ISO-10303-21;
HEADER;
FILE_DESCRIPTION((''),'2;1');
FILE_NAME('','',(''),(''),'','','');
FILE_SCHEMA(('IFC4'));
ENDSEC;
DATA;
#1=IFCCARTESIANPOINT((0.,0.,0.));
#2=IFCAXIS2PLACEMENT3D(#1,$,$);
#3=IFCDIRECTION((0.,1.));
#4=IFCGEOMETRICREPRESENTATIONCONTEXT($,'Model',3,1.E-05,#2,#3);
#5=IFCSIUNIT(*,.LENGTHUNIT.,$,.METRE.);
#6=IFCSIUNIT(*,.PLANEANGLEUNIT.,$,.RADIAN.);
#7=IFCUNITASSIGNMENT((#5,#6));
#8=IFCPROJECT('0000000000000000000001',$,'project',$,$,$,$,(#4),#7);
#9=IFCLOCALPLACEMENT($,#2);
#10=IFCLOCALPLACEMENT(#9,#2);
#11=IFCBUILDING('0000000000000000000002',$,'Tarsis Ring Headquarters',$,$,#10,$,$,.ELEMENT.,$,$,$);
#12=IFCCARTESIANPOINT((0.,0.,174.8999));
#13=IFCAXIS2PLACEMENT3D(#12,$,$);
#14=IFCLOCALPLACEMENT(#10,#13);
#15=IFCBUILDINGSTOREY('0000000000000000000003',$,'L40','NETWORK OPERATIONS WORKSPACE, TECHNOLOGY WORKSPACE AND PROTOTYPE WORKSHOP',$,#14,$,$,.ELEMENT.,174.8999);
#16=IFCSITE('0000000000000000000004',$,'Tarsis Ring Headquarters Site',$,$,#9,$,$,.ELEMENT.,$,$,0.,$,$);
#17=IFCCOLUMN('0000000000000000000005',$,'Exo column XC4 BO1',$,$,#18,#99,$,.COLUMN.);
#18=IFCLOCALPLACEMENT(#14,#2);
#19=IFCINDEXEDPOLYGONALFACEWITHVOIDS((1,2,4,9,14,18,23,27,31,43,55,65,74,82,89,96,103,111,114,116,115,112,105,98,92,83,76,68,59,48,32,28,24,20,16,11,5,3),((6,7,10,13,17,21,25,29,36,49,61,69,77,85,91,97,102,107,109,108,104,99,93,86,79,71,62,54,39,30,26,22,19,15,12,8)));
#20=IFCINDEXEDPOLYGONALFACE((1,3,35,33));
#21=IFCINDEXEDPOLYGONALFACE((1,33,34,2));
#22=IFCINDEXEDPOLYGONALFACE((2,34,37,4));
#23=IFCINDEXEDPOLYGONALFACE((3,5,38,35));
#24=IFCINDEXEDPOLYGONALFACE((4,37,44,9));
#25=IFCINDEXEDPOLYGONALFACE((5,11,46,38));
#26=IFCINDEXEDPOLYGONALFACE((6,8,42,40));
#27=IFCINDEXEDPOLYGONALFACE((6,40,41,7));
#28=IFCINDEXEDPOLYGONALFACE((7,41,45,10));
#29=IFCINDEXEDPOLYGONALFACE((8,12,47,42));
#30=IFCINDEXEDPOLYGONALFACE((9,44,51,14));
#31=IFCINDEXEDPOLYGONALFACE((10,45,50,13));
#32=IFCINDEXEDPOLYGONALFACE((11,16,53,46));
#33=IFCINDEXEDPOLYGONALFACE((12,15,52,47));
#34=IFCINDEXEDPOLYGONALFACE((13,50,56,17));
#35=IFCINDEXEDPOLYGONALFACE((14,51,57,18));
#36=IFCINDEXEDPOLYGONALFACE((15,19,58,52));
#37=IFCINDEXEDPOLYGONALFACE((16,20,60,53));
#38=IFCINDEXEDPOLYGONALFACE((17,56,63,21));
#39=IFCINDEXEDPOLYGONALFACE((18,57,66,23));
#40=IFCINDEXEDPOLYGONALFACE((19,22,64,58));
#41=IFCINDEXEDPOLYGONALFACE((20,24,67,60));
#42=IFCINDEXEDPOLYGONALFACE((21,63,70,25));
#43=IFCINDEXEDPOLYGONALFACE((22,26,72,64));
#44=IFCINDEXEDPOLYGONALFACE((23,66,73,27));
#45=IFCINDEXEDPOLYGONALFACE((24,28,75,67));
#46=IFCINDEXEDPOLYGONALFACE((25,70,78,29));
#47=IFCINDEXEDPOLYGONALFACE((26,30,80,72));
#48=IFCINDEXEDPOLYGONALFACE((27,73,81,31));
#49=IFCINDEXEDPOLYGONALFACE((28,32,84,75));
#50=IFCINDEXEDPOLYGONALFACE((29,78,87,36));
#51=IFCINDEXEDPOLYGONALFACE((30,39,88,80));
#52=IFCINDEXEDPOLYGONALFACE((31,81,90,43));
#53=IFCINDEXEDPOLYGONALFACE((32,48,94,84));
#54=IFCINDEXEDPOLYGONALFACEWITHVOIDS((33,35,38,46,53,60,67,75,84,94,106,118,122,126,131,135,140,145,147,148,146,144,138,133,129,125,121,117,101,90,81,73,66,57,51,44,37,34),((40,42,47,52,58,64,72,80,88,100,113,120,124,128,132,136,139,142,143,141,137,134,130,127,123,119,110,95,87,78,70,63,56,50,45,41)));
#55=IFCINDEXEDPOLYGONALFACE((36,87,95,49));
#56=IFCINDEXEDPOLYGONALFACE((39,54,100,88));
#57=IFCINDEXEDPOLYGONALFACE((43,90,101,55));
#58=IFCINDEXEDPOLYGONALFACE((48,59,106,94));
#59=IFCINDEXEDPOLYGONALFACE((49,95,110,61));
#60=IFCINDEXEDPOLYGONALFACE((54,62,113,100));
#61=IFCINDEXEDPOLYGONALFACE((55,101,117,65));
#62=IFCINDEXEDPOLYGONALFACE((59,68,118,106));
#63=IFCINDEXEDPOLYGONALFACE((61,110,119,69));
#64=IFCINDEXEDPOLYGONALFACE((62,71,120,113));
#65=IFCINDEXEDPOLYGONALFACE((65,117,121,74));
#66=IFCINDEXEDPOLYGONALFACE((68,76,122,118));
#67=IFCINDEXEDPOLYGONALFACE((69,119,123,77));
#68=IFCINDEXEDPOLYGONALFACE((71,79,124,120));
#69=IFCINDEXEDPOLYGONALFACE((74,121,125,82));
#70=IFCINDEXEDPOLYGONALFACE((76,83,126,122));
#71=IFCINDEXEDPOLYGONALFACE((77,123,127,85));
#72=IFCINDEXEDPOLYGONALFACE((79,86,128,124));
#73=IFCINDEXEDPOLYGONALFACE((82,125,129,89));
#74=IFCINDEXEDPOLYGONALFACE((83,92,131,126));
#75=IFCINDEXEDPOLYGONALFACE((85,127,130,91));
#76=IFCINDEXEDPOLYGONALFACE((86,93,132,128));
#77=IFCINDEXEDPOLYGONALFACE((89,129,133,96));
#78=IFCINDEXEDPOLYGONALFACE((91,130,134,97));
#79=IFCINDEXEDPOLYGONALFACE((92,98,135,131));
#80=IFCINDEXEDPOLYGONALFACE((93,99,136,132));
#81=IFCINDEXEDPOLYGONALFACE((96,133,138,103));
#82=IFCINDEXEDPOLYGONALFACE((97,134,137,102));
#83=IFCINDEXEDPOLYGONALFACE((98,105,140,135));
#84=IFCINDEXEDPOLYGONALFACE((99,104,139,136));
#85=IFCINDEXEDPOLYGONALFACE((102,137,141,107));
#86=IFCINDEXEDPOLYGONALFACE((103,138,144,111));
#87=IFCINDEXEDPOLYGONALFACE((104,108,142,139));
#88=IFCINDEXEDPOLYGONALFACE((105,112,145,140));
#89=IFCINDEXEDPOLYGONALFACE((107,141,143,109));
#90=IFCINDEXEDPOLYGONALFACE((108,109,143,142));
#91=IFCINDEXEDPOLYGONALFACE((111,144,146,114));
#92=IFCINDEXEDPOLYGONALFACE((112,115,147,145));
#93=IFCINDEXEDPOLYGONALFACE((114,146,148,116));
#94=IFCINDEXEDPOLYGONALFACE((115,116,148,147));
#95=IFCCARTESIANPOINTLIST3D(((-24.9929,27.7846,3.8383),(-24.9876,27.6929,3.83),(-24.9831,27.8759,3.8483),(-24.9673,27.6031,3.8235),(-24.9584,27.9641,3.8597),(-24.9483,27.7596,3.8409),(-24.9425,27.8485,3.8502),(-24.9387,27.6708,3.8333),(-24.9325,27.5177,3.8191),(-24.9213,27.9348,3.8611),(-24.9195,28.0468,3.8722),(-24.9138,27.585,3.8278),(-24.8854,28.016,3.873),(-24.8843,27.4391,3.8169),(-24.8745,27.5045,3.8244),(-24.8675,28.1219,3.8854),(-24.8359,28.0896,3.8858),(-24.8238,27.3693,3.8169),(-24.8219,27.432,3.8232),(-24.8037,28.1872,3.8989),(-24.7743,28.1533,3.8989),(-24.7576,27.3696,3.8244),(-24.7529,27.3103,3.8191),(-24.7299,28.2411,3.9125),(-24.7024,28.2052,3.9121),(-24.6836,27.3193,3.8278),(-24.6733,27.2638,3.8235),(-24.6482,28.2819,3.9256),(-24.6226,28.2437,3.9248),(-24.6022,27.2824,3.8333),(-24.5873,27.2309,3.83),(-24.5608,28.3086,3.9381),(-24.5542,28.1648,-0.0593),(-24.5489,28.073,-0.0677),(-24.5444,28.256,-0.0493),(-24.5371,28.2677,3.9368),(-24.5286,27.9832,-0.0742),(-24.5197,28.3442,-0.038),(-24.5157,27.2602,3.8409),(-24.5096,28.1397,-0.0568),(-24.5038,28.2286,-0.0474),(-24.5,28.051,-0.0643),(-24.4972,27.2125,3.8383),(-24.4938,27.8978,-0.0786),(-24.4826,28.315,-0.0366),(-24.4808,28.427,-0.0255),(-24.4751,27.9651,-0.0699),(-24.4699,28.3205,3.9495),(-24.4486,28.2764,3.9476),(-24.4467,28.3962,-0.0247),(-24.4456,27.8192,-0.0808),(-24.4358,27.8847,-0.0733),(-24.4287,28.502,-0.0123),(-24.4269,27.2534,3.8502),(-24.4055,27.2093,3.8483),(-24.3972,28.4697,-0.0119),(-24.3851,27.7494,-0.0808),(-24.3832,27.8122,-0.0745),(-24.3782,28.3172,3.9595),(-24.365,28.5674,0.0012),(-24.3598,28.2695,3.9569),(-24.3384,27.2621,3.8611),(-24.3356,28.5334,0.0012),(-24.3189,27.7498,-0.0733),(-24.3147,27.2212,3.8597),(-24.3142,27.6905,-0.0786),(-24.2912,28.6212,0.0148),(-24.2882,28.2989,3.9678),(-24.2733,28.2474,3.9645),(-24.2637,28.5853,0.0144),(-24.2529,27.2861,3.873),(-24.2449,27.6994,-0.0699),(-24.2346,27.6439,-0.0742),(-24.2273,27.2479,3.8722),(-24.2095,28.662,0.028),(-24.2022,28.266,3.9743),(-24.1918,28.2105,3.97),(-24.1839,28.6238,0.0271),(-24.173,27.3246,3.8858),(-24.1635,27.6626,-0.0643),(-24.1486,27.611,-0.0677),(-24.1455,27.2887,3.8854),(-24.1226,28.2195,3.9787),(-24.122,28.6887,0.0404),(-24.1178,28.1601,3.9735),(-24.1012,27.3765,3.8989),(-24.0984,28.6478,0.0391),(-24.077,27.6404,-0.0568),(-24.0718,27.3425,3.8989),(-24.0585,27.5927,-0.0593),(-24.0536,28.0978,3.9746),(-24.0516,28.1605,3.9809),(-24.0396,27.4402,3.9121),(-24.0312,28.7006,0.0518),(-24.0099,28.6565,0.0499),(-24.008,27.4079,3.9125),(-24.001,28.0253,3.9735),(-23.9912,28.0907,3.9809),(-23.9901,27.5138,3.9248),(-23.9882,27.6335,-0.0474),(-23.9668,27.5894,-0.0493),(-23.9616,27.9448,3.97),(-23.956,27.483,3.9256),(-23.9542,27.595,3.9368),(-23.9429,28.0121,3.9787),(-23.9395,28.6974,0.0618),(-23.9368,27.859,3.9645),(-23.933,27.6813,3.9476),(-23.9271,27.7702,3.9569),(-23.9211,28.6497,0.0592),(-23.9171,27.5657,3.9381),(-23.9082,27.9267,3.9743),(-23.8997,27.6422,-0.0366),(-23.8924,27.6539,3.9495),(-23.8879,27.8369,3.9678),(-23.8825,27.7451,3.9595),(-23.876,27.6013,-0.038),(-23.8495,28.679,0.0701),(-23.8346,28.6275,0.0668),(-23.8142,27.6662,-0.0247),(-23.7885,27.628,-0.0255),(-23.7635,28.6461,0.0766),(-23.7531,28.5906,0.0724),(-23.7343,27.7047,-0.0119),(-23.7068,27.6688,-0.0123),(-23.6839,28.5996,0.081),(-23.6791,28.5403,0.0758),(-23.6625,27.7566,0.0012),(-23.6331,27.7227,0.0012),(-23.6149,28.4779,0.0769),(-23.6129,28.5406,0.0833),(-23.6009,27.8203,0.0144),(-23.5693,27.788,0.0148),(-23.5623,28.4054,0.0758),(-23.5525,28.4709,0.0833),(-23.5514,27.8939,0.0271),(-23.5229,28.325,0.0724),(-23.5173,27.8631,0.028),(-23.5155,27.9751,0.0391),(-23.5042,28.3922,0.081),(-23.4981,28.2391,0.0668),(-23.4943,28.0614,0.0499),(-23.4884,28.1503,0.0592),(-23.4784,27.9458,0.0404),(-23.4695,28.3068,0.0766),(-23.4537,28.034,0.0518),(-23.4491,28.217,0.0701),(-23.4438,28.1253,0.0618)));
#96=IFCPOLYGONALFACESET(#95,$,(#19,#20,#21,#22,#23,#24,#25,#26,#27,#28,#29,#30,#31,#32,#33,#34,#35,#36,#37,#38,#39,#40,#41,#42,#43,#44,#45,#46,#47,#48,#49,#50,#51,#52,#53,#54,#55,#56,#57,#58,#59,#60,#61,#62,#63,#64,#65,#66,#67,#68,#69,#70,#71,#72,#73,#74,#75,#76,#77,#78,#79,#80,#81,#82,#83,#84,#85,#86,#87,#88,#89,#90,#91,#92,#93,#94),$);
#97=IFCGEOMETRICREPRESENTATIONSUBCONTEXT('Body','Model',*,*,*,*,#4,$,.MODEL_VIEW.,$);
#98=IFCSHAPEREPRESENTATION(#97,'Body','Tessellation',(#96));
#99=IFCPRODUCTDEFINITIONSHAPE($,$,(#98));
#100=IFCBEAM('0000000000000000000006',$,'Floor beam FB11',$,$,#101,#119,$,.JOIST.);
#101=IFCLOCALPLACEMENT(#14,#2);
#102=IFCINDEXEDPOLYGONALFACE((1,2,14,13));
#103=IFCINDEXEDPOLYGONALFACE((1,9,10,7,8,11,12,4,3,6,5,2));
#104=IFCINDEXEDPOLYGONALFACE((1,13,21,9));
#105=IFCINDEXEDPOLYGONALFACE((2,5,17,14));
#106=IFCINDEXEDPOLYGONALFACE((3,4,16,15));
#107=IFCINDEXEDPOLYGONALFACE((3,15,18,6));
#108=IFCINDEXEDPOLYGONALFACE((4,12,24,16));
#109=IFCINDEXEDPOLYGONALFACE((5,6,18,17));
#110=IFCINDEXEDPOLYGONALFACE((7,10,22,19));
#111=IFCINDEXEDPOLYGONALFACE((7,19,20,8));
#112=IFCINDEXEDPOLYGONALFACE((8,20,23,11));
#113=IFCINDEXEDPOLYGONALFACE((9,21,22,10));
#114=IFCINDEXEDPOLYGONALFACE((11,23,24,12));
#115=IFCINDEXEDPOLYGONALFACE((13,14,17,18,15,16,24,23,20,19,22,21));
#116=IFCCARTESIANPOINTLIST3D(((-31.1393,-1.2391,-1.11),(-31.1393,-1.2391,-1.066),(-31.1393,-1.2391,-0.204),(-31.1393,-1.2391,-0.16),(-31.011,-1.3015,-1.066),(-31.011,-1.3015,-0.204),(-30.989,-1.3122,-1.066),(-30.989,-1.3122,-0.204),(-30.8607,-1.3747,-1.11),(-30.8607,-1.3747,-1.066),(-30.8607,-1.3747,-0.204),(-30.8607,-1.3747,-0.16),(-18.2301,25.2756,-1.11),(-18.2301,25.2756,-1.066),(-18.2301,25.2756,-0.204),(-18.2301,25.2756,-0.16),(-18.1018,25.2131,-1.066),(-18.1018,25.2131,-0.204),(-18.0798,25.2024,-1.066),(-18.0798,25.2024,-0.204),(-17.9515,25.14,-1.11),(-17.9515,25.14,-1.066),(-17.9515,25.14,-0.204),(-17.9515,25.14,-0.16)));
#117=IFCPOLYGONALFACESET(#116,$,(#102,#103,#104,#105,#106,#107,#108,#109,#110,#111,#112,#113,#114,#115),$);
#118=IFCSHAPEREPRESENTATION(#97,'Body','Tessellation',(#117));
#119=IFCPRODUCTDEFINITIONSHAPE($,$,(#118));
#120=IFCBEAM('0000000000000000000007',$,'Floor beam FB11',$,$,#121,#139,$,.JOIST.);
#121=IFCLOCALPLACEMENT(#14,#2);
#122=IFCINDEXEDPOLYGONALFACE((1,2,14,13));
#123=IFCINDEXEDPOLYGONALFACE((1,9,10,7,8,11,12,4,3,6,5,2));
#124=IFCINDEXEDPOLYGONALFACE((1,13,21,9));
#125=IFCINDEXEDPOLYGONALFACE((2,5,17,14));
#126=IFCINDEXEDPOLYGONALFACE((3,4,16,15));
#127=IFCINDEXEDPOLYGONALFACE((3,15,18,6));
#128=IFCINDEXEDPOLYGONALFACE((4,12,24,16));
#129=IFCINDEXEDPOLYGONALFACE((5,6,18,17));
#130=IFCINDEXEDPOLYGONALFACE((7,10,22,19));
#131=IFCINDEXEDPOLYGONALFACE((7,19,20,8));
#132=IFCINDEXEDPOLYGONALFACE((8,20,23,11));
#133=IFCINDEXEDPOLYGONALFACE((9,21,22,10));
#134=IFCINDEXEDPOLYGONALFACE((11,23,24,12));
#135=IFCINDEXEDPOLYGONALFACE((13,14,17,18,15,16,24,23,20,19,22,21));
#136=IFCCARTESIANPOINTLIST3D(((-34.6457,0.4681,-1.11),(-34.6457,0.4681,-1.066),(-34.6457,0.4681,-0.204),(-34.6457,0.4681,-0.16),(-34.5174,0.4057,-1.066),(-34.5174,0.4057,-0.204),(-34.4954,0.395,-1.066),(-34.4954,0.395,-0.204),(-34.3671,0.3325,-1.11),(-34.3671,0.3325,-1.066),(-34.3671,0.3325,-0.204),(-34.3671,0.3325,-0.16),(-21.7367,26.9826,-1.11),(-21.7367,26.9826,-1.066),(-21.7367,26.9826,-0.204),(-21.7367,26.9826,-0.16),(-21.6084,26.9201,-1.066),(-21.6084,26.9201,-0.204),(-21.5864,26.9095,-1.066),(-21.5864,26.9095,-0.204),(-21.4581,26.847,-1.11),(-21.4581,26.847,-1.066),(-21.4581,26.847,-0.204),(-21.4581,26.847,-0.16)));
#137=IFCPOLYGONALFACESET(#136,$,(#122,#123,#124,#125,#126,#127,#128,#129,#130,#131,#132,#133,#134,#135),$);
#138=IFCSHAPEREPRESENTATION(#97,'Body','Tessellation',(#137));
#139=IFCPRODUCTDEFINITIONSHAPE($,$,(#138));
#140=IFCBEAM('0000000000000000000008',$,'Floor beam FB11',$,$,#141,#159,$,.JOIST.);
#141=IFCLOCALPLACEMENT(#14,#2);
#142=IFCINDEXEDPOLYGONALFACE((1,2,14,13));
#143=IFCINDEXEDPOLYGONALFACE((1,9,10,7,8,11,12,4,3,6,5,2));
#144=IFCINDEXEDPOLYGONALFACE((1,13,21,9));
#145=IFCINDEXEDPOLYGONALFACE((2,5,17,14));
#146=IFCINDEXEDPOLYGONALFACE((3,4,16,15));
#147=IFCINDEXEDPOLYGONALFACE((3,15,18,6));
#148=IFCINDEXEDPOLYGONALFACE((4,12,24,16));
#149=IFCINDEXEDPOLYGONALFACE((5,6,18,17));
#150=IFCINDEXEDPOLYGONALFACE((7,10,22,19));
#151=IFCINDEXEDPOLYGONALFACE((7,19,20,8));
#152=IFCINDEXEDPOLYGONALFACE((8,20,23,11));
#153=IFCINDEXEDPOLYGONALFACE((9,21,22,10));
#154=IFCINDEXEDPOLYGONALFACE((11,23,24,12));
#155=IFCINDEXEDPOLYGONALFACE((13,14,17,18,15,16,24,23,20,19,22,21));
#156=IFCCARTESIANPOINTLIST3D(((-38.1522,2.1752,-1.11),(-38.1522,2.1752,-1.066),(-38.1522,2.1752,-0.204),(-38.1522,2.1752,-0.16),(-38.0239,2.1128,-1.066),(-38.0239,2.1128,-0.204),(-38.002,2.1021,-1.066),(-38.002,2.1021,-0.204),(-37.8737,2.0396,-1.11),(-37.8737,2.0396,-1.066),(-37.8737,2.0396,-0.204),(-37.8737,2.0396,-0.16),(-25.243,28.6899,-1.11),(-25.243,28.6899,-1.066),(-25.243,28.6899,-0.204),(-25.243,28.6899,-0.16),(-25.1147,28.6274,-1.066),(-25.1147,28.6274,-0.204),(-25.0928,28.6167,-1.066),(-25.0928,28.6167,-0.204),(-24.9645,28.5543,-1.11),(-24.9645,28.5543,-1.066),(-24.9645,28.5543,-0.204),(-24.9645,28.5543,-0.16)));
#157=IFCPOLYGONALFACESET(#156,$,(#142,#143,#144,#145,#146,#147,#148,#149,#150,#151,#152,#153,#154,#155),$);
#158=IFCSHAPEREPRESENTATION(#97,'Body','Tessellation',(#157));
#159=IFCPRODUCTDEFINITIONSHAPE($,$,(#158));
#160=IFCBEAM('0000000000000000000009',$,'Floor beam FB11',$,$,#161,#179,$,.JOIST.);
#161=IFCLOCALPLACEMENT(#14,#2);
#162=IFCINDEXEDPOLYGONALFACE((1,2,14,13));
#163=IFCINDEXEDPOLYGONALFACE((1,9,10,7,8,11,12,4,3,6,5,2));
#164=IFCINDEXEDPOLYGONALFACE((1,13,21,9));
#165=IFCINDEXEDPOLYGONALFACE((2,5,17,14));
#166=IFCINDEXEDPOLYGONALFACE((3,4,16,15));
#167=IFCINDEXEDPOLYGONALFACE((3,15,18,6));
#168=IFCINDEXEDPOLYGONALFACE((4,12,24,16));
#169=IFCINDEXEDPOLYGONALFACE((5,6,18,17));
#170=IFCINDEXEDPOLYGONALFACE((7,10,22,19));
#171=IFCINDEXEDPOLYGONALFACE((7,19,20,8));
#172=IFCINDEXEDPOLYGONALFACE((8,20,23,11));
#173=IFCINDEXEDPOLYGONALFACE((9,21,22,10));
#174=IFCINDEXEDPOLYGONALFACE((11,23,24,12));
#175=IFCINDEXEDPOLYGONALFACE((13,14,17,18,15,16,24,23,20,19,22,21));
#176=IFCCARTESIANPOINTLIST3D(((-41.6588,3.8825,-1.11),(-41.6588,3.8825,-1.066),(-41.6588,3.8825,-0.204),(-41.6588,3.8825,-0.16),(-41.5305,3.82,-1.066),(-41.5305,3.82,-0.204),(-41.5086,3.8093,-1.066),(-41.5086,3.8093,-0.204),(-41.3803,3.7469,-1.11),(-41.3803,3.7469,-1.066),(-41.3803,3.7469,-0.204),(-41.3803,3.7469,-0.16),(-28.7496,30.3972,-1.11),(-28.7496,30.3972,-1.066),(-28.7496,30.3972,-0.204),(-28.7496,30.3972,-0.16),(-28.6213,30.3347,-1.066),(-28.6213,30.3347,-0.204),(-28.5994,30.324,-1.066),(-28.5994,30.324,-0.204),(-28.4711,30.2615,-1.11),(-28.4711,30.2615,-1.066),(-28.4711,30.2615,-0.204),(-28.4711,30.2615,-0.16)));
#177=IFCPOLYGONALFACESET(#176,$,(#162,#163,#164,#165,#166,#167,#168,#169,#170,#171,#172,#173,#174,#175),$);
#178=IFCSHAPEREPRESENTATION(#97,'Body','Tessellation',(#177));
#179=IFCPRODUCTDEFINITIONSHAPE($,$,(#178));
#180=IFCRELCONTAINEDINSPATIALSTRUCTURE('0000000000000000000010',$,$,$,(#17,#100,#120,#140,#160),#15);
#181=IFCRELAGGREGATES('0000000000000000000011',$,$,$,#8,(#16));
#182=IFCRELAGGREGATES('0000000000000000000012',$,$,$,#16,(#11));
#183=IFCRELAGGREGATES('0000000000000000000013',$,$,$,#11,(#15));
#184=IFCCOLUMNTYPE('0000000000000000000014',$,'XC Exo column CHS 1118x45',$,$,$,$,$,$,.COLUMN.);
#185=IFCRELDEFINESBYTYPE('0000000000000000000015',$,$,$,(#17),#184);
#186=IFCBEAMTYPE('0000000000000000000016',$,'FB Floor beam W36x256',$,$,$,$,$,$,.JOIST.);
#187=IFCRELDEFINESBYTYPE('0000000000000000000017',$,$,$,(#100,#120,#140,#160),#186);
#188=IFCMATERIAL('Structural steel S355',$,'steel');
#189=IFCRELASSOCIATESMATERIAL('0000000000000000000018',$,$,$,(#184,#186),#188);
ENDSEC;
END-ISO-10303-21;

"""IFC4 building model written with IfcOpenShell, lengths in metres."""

from ifc_helpers import new_model, si_unit, direction, frame, origin, origin_2d, place, context, subcontext, project, spatial, hollow_circle, i_section, extrude, material, material_profile, profile_set, type_object, element, save


model = new_model("IFC4")

# Units and contexts
model_context = context("Model", 3, precision=1e-05, world=origin(), true_north=direction((0.0, 1.0)))
body_context = subcontext(model_context, "Body", "Model", "MODEL_VIEW")
ifc_project = project(units=[si_unit("LENGTHUNIT", "METRE"), si_unit("PLANEANGLEUNIT", "RADIAN")], contexts=[model_context])

# Site, building, storey
site_placement = place(None, origin())
site = spatial("IfcSite", under=ifc_project, at=site_placement, Name="Tarsis Ring Headquarters Site", CompositionType="ELEMENT", RefElevation=0.0)
building_placement = place(site_placement, origin())
building = spatial("IfcBuilding", under=site, at=building_placement, Name="Tarsis Ring Headquarters", CompositionType="ELEMENT")
storey_placement = place(building_placement, frame((0.0, 0.0, 174.8999)))
storey = spatial("IfcBuildingStorey", under=building, at=storey_placement, Name="L40", Description="NETWORK OPERATIONS WORKSPACE, TECHNOLOGY WORKSPACE AND PROTOTYPE WORKSHOP", CompositionType="ELEMENT", Elevation=174.8999)

# Column
ifc_material_1 = material(Name="Structural steel S355", Category="steel")
ifc_material_profile_1 = material_profile(ifc_material_1, hollow_circle(Radius=0.5588, WallThickness=0.0449, at=origin_2d()), Name="CHS 1118x45")
ifc_profile_set_1 = profile_set([ifc_material_profile_1], Name="Structural steel S355")
column_type = type_object("IfcColumnType", Name="XC Exo column CHS 1118x45", PredefinedType="COLUMN", material=ifc_profile_set_1)
column_placement = place(storey_placement, frame((-23.999, 28.145, 0.0012), z_axis=(-0.111331, -0.096462, 0.989091), x_axis=(0.654834, -0.755772, 0.0)))
element("IfcColumn", 1, at=column_placement, inside=storey, type_object=column_type, Name="Exo column XC4 BO1", PredefinedType="COLUMN", context=body_context, shape_type="SweptSolid", body=[
    extrude(hollow_circle(Radius=0.5588, WallThickness=0.0449, at=origin_2d()), origin(), (0.0, 0.0, 1.0), 3.9407),
])

# Beams
ifc_material_profile_2 = material_profile(ifc_material_1, i_section(OverallWidth=0.3098, OverallDepth=0.95, WebThickness=0.0244, FlangeThickness=0.0439, at=origin_2d()), Name="W36x256")
ifc_profile_set_2 = profile_set([ifc_material_profile_2], Name="Structural steel S355")
beam_type_1 = type_object("IfcBeamType", Name="FB Floor beam W36x256", PredefinedType="JOIST", material=ifc_profile_set_2)
beam_1_placement = place(storey_placement, frame((-18.0908, 25.2078, -0.635), z_axis=(-0.437744, -0.899099, 0.0), x_axis=(0.899099, -0.437744, 0.0)))
element("IfcBeam", 2, at=beam_1_placement, inside=storey, type_object=beam_type_1, Name="Floor beam FB11", PredefinedType="JOIST", context=body_context, shape_type="SweptSolid", body=[
    extrude(i_section(OverallWidth=0.3098, OverallDepth=0.95, WebThickness=0.0244, FlangeThickness=0.0439, at=origin_2d()), origin(), (0.0, 0.0, 1.0), 29.4902),
])
beam_2_placement = place(storey_placement, frame((-21.5974, 26.9148, -0.635), z_axis=(-0.437741, -0.899101, 0.0), x_axis=(0.899101, -0.437741, 0.0)))
element("IfcBeam", 3, at=beam_2_placement, inside=storey, type_object=beam_type_1, Name="Floor beam FB11", PredefinedType="JOIST", context=body_context, shape_type="SweptSolid", body=[
    extrude(i_section(OverallWidth=0.3098, OverallDepth=0.95, WebThickness=0.0244, FlangeThickness=0.0439, at=origin_2d()), origin(), (0.0, 0.0, 1.0), 29.49),
])
for number, where, z_axis, x_axis, name in (
    (4, (-25.1038, 28.6221, -0.635), (-0.437744, -0.899099, 0.0), (0.899099, -0.437744, 0.0), "Floor beam FB11"),
    (5, (-28.6104, 30.3293, -0.635), (-0.437744, -0.899099, 0.0), (0.899099, -0.437744, 0.0), "Floor beam FB11"),
):
    element("IfcBeam", number, at=place(storey_placement, frame(where, z_axis=z_axis, x_axis=x_axis)), inside=storey, type_object=beam_type_1, Name=name, PredefinedType="JOIST", context=body_context, shape_type="SweptSolid", body=[
        extrude(i_section(OverallWidth=0.3098, OverallDepth=0.95, WebThickness=0.0244, FlangeThickness=0.0439, at=origin_2d()), origin(), (0.0, 0.0, 1.0), 29.4902),
    ])

save(model, "model.ifc")
